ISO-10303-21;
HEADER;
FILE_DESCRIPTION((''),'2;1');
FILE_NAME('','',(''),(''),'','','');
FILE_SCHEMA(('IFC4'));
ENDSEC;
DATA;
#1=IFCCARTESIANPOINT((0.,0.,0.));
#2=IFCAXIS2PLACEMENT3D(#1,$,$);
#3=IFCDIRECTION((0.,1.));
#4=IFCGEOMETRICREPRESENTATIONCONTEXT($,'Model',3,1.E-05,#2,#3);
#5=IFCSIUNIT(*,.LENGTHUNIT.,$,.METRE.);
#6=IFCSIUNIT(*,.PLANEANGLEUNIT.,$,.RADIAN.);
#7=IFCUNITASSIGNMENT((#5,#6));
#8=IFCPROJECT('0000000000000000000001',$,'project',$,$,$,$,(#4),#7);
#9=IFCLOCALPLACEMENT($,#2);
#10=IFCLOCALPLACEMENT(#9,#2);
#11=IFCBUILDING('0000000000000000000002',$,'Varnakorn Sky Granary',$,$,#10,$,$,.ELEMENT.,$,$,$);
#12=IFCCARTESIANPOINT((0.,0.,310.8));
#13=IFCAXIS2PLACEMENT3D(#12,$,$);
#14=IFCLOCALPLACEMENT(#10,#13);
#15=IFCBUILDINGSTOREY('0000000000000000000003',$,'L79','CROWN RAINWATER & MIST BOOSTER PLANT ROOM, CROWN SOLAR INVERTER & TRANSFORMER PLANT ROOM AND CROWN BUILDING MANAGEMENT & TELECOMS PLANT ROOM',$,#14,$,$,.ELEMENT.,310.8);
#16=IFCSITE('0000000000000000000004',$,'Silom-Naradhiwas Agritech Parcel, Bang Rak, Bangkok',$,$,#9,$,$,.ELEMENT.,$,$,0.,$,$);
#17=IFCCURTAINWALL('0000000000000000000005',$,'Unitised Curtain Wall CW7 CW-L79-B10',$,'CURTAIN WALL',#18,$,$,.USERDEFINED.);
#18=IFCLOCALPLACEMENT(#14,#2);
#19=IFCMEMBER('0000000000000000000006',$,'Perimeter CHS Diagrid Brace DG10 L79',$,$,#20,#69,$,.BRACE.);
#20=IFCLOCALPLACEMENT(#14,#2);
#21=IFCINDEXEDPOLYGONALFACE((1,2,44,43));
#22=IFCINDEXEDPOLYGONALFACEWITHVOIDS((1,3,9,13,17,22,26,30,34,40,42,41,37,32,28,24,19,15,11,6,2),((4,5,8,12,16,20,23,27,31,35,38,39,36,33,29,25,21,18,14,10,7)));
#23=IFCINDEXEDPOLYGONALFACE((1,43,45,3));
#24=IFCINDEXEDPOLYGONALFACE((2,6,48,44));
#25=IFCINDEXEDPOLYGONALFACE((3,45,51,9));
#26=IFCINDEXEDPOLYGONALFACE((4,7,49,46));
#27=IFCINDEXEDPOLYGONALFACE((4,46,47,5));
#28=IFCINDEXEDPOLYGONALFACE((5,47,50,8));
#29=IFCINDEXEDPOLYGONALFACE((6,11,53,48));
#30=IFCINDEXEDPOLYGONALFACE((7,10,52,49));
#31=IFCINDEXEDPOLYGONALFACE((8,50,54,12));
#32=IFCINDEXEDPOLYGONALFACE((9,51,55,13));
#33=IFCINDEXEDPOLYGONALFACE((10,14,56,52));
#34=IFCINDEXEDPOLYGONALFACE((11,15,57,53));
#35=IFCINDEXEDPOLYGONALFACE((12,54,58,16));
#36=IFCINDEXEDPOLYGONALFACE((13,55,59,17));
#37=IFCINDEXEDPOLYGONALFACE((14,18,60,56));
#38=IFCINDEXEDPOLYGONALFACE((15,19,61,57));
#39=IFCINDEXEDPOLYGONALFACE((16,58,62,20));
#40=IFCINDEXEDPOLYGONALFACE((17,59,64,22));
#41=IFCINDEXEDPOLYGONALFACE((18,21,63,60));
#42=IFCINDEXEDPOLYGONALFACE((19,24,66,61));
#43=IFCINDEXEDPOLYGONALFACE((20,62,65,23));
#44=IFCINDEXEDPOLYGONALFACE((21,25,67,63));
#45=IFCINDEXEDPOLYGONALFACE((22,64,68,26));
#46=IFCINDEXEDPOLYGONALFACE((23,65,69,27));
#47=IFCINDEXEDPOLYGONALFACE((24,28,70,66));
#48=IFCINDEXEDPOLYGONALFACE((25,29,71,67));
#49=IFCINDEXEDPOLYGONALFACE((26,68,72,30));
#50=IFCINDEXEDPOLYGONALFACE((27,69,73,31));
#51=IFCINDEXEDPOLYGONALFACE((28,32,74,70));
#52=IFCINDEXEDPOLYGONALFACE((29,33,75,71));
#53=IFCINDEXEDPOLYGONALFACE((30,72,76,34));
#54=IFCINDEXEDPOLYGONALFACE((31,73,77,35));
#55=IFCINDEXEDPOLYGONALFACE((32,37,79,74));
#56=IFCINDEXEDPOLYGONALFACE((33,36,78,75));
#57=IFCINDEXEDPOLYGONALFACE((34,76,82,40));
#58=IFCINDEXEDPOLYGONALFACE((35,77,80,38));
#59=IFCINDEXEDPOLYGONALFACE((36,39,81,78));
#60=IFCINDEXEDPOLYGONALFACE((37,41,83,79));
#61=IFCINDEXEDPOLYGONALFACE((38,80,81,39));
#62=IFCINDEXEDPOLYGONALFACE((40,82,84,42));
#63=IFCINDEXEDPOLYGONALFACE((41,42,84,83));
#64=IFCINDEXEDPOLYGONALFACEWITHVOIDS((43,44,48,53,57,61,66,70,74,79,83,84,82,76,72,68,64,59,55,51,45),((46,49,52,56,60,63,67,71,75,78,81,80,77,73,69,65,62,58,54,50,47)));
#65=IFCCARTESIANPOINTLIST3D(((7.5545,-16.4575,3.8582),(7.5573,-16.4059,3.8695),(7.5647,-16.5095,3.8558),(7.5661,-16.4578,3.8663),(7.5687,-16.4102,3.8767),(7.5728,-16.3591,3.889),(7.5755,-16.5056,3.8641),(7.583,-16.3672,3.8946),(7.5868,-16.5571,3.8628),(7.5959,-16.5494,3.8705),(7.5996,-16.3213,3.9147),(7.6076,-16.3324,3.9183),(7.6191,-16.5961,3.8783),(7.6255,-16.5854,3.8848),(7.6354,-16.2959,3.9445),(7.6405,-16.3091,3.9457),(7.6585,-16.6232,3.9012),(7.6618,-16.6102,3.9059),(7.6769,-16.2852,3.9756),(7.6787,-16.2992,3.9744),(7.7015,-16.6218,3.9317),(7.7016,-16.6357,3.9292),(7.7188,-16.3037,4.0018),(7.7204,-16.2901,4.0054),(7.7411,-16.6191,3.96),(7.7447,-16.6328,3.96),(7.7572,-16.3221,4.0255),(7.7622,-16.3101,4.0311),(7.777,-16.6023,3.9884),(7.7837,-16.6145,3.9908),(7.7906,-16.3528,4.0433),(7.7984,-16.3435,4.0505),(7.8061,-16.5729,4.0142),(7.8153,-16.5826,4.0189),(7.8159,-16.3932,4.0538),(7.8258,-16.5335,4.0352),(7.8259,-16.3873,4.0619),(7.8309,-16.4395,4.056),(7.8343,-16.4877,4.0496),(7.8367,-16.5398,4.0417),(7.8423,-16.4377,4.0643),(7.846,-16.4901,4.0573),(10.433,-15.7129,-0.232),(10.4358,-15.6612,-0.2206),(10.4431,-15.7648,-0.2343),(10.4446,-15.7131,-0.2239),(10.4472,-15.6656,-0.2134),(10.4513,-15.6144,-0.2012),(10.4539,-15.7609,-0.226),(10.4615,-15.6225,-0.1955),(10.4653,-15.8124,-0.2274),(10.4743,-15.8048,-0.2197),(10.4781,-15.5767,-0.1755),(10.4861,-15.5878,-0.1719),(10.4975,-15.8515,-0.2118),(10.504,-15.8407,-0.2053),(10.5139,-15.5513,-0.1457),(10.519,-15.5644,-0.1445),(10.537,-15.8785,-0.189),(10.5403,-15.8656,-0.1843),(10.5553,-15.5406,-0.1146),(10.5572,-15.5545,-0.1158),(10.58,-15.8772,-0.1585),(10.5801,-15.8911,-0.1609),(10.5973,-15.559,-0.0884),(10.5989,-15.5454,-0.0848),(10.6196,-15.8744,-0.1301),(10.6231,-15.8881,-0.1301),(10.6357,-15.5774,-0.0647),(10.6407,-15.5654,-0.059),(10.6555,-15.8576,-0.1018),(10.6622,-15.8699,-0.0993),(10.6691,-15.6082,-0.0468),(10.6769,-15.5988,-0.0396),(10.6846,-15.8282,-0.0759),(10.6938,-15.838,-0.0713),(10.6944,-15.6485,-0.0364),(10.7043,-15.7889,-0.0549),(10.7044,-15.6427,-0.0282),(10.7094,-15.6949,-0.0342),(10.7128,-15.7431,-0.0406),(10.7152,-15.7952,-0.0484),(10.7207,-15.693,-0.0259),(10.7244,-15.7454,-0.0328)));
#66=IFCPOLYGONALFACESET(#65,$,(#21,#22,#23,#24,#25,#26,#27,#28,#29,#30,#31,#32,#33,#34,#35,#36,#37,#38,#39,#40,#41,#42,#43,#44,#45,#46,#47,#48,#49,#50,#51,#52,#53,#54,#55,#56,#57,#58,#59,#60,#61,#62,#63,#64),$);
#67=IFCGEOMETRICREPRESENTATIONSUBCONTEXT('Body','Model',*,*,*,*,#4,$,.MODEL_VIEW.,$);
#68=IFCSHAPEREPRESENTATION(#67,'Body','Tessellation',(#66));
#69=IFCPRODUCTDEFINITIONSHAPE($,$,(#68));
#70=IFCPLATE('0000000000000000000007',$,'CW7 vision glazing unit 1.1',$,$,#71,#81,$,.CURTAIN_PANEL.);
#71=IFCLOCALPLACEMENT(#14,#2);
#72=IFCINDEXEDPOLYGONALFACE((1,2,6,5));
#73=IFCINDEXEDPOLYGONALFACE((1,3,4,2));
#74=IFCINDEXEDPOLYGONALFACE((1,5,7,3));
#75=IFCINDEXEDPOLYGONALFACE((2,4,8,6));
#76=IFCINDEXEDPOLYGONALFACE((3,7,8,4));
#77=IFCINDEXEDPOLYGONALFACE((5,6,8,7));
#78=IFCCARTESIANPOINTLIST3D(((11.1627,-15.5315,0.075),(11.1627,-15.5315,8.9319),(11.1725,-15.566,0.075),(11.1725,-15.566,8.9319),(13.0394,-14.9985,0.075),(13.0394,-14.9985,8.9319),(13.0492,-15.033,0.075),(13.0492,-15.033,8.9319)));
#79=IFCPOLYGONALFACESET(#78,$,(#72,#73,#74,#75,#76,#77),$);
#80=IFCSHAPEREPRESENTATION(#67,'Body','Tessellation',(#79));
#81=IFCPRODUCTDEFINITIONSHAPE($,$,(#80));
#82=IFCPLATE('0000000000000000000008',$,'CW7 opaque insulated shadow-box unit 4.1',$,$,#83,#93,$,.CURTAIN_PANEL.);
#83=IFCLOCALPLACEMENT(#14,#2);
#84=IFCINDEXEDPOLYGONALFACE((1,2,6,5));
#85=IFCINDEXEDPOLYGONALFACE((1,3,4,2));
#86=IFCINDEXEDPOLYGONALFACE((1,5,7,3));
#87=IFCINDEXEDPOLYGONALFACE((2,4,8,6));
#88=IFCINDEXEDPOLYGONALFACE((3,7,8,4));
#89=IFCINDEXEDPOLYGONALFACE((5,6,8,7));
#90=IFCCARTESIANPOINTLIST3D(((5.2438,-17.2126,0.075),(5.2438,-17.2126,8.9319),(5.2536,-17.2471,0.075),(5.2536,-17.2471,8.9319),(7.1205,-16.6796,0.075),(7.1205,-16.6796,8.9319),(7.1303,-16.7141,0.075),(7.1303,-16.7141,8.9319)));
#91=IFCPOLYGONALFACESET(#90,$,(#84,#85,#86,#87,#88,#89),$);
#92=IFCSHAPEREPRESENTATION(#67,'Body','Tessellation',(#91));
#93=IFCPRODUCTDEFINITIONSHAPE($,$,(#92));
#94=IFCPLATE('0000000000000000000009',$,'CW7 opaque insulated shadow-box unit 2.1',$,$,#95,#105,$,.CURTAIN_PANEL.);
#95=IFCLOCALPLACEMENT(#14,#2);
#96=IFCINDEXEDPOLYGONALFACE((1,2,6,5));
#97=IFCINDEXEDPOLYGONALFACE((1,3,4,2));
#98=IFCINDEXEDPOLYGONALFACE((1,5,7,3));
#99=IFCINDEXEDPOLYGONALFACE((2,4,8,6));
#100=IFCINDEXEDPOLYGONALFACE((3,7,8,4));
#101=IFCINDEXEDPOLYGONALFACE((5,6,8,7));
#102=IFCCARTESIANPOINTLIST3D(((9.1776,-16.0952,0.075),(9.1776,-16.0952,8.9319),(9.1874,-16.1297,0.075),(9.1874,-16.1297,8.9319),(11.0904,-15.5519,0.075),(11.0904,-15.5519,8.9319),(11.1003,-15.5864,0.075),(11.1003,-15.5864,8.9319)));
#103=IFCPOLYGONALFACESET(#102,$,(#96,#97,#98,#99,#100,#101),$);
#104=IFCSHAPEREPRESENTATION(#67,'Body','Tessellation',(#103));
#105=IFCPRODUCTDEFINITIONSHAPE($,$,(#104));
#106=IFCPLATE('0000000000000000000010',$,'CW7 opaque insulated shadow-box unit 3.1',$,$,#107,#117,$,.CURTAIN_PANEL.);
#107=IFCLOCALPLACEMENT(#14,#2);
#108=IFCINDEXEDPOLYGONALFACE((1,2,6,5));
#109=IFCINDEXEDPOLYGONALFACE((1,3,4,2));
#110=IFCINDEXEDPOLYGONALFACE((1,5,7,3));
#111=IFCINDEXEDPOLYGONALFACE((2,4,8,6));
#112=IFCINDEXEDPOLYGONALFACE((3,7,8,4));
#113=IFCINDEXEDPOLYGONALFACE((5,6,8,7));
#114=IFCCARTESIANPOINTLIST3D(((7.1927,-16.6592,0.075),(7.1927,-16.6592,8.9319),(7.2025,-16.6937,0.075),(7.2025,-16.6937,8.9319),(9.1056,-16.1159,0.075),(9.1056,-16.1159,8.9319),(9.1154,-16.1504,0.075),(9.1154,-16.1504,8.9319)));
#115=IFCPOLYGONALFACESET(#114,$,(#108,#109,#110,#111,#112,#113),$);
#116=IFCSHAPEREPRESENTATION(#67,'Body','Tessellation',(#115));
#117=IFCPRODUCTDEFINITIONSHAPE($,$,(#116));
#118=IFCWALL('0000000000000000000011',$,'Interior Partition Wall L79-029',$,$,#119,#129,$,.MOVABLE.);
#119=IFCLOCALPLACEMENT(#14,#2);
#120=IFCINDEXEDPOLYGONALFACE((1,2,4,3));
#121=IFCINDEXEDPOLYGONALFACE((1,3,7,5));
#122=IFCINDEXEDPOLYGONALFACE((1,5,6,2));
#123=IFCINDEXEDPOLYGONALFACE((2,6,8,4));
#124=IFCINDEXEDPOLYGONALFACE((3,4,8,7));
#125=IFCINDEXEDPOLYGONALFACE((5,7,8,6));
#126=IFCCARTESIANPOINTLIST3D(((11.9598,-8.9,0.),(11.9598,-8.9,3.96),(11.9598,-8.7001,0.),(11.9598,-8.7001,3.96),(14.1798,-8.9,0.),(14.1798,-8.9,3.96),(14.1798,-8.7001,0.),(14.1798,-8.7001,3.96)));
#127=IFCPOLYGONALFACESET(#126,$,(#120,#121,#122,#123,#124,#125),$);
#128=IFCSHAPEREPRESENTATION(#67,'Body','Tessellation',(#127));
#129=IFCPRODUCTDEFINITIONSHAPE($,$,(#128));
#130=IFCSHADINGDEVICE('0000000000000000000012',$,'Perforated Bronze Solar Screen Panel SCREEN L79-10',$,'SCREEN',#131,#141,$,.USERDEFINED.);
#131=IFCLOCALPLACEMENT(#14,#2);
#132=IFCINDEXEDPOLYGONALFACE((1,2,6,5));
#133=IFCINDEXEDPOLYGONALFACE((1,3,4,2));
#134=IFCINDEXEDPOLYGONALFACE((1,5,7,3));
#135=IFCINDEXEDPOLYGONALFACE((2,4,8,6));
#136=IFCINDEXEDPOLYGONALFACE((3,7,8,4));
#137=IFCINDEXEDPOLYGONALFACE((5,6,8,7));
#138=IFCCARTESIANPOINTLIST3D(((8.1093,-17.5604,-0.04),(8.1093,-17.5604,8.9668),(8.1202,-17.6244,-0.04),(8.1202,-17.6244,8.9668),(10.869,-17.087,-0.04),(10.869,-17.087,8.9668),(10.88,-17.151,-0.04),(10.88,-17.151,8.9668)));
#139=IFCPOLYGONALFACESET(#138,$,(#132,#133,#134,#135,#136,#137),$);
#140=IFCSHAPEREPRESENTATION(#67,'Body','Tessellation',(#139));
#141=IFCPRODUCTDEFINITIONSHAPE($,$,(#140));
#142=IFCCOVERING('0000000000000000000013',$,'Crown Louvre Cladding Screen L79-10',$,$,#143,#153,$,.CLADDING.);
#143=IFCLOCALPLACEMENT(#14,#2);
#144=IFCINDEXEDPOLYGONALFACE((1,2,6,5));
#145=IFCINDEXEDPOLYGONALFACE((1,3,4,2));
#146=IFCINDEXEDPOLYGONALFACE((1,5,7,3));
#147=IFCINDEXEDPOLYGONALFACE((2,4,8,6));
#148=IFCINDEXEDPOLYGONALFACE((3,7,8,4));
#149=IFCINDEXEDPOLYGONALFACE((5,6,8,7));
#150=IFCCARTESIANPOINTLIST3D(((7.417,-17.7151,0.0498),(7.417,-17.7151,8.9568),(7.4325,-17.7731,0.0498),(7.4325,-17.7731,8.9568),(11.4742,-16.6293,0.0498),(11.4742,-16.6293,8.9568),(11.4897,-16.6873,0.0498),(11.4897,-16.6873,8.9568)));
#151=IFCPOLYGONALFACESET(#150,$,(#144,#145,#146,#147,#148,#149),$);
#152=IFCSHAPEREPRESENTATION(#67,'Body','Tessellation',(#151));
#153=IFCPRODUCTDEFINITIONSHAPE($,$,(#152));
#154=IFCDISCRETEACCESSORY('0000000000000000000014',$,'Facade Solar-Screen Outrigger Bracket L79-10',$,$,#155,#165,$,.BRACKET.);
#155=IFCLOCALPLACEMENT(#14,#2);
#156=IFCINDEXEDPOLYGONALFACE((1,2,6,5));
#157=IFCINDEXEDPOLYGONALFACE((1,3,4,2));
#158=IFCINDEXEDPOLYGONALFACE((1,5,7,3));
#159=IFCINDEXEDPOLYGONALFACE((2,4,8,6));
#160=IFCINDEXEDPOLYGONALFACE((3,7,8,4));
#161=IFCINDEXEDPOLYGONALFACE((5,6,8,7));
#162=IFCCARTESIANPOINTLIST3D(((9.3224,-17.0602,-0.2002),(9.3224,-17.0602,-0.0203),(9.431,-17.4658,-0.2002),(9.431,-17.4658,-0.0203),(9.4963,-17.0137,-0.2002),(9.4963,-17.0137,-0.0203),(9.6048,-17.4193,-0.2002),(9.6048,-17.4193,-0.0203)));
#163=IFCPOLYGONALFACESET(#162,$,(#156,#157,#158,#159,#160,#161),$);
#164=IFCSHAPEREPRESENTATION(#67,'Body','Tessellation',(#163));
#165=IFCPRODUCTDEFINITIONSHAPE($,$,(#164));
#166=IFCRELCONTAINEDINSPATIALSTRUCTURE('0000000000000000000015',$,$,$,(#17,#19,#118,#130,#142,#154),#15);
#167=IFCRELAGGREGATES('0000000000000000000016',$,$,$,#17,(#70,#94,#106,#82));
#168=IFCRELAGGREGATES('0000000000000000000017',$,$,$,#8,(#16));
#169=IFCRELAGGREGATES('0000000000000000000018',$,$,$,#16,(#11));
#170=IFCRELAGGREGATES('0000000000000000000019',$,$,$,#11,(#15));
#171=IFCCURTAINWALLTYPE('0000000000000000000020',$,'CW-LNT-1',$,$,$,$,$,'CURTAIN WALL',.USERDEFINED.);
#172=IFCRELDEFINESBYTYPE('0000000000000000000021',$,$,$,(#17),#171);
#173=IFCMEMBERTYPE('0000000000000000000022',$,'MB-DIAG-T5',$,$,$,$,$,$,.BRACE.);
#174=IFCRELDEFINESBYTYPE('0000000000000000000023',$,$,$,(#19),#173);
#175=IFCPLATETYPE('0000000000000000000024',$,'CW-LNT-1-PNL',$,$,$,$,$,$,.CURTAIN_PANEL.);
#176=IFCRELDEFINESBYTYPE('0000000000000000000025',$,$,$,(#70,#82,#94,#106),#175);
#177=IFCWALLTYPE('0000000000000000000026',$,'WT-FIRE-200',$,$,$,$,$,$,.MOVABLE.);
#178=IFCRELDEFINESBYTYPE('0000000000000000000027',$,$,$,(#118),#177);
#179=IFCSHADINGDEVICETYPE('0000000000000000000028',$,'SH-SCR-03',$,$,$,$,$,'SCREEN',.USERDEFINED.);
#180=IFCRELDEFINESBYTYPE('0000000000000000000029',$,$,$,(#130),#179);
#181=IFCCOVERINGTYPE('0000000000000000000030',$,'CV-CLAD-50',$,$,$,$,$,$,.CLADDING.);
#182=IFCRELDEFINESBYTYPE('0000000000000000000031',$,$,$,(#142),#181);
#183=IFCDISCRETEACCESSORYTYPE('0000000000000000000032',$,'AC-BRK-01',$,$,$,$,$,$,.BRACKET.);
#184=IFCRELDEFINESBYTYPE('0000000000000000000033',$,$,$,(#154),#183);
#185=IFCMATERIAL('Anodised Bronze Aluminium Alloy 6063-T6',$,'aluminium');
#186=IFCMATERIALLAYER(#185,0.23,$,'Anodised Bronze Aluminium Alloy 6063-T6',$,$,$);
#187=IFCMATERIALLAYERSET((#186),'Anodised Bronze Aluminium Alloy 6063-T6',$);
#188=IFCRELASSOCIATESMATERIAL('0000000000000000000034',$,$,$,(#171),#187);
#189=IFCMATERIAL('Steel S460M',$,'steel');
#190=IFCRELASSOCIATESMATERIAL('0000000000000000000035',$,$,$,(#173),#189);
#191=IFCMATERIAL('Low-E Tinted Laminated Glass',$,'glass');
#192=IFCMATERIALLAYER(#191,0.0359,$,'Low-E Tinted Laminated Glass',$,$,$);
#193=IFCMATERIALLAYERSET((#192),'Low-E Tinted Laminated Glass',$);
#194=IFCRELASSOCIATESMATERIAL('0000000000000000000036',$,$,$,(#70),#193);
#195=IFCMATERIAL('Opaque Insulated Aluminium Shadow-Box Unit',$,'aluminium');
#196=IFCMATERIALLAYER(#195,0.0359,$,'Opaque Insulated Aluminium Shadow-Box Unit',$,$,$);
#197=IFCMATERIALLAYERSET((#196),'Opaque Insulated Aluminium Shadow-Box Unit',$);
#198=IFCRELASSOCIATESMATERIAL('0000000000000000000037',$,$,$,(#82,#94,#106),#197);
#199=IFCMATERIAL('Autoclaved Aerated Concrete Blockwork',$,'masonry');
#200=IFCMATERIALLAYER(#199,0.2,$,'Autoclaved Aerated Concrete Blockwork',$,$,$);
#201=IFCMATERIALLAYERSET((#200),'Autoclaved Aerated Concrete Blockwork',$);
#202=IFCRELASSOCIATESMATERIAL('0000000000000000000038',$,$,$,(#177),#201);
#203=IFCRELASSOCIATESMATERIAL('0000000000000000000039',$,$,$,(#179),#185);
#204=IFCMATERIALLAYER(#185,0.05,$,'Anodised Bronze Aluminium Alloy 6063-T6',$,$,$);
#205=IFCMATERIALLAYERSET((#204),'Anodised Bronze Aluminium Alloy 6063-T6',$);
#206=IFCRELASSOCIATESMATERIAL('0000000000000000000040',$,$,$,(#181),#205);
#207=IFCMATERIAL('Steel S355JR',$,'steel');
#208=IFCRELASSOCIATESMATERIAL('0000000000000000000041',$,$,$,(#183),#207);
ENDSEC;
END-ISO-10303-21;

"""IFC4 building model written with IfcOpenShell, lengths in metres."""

from ifc_helpers import new_model, si_unit, direction, frame, frame_2d, origin, origin_2d, place, context, subcontext, project, spatial, rectangle, hollow_circle, extrude, source, transform, mapped, material, layer, layer_set, material_profile, profile_set, type_object, type_shapes, element, aggregate, save


model = new_model("IFC4")

# Units and contexts
model_context = context("Model", 3, precision=1e-05, world=origin(), true_north=direction((0.0, 1.0)))
body_context = subcontext(model_context, "Body", "Model", "MODEL_VIEW")
ifc_project = project(units=[si_unit("LENGTHUNIT", "METRE"), si_unit("PLANEANGLEUNIT", "RADIAN")], contexts=[model_context])

# Site, building, storey
site_placement = place(None, origin())
site = spatial("IfcSite", under=ifc_project, at=site_placement, Name="Silom-Naradhiwas Agritech Parcel, Bang Rak, Bangkok", CompositionType="ELEMENT", RefElevation=0.0)
building_placement = place(site_placement, origin())
building = spatial("IfcBuilding", under=site, at=building_placement, Name="Varnakorn Sky Granary", CompositionType="ELEMENT")
storey_placement = place(building_placement, frame((0.0, 0.0, 310.8)))
storey = spatial("IfcBuildingStorey", under=building, at=storey_placement, Name="L79", Description="CROWN RAINWATER & MIST BOOSTER PLANT ROOM, CROWN SOLAR INVERTER & TRANSFORMER PLANT ROOM AND CROWN BUILDING MANAGEMENT & TELECOMS PLANT ROOM", CompositionType="ELEMENT", Elevation=310.8)

# Shared definitions
ifc_material_1 = material(Name="Steel S460M", Category="steel")

# Shared definitions
ifc_material_2 = material(Name="Steel S355JR", Category="steel")

# Curtain wall
ifc_material_3 = material(Name="Anodised Bronze Aluminium Alloy 6063-T6", Category="aluminium")
ifc_layer_1 = layer(ifc_material_3, 0.23, Name="Anodised Bronze Aluminium Alloy 6063-T6")
ifc_layer_set_1 = layer_set([ifc_layer_1], Name="Anodised Bronze Aluminium Alloy 6063-T6")
curtain_wall_type = type_object("IfcCurtainWallType", Name="CW-LNT-1", ElementType="CURTAIN WALL", PredefinedType="USERDEFINED", material=ifc_layer_set_1)
curtain_wall_placement = place(storey_placement, origin())
curtain_wall = element("IfcCurtainWall", 1, at=curtain_wall_placement, inside=storey, type_object=curtain_wall_type, Name="Unitised Curtain Wall CW7 CW-L79-B10", ObjectType="CURTAIN WALL", PredefinedType="USERDEFINED")

# Member
ifc_material_profile_1 = material_profile(ifc_material_1, hollow_circle(Radius=0.1777, WallThickness=0.0142, at=origin_2d()), Name="CHS 355.6x14")
ifc_profile_set_1 = profile_set([ifc_material_profile_1], Name="Steel S460M")
member_type_1 = type_object("IfcMemberType", Name="MB-DIAG-T5", PredefinedType="BRACE", material=ifc_profile_set_1)
member_1_placement = place(storey_placement, frame((10.5786, -15.7161, -0.1301), z_axis=(-0.569247, -0.147261, 0.808871), x_axis=(0.250449, -0.96813, 0.0)))
element("IfcMember", 2, at=member_1_placement, inside=storey, type_object=member_type_1, Name="Perimeter CHS Diagrid Brace DG10 L79", PredefinedType="BRACE", context=body_context, shape_type="SweptSolid", body=[
    extrude(hollow_circle(Radius=0.1777, WallThickness=0.0142, at=origin_2d()), origin(), (0.0, 0.0, 1.0), 5.0566),
])

# Plates
ifc_material_4 = material(Name="Low-E Tinted Laminated Glass", Category="glass")
ifc_layer_2 = layer(ifc_material_4, 0.0359, Name="Low-E Tinted Laminated Glass")
ifc_layer_set_2 = layer_set([ifc_layer_2], Name="Low-E Tinted Laminated Glass")
plate_type = type_object("IfcPlateType", Name="CW-LNT-1-PNL", PredefinedType="CURTAIN_PANEL")
shared_shape_1 = source(origin(), body_context, "Body", "SweptSolid", [
    extrude(rectangle(XDim=1.9509, YDim=0.0359, at=origin_2d()), origin(), (0.0, 0.0, 1.0), 8.8569),
])
plate_1_placement = place(storey_placement, frame((12.106, -15.2822, 0.075), z_axis=(0.0, 0.0, 1.0), x_axis=(-0.961955, -0.273207, 0.0)))
plate_1 = element("IfcPlate", 3, at=plate_1_placement, type_object=plate_type, material=ifc_layer_set_2, Name="CW7 vision glazing unit 1.1", PredefinedType="CURTAIN_PANEL", context=body_context, shape_type="MappedRepresentation", body=[
    mapped(shared_shape_1, transform((0.0, 0.0, 0.0), x_axis=(1.0, 0.0, 0.0), y_axis=(0.0, 1.0, 0.0), z_axis=(0.0, 0.0, 1.0), scale=1.0)),
])
ifc_material_5 = material(Name="Opaque Insulated Aluminium Shadow-Box Unit", Category="aluminium")
ifc_layer_3 = layer(ifc_material_5, 0.0359, Name="Opaque Insulated Aluminium Shadow-Box Unit")
ifc_layer_set_3 = layer_set([ifc_layer_3], Name="Opaque Insulated Aluminium Shadow-Box Unit")
plate_2_placement = place(storey_placement, frame((6.187, -16.9634, 0.075), z_axis=(0.0, 0.0, 1.0), x_axis=(-0.961955, -0.273207, 0.0)))
plate_2 = element("IfcPlate", 4, at=plate_2_placement, type_object=plate_type, material=ifc_layer_set_3, Name="CW7 opaque insulated shadow-box unit 4.1", PredefinedType="CURTAIN_PANEL", context=body_context, shape_type="MappedRepresentation", body=[
    mapped(shared_shape_1, transform((0.0, 0.0, 0.0), x_axis=(1.0, 0.0, 0.0), y_axis=(0.0, 1.0, 0.0), z_axis=(0.0, 0.0, 1.0), scale=1.0)),
])
shared_shape_2 = source(origin(), body_context, "Body", "SweptSolid", [
    extrude(rectangle(XDim=1.9885, YDim=0.0359, at=origin_2d()), origin(), (0.0, 0.0, 1.0), 8.8569),
])
type_shapes(plate_type, [shared_shape_1, shared_shape_2])
plate_3_placement = place(storey_placement, frame((10.1389, -15.8408, 0.075), z_axis=(0.0, 0.0, 1.0), x_axis=(-0.961955, -0.273207, 0.0)))
plate_3 = element("IfcPlate", 5, at=plate_3_placement, type_object=plate_type, material=ifc_layer_set_3, Name="CW7 opaque insulated shadow-box unit 2.1", PredefinedType="CURTAIN_PANEL", context=body_context, shape_type="MappedRepresentation", body=[
    mapped(shared_shape_2, transform((0.0, 0.0, 0.0), x_axis=(1.0, 0.0, 0.0), y_axis=(0.0, 1.0, 0.0), z_axis=(0.0, 0.0, 1.0), scale=1.0)),
])
plate_4_placement = place(storey_placement, frame((8.1541, -16.4048, 0.075), z_axis=(0.0, 0.0, 1.0), x_axis=(-0.961955, -0.273207, 0.0)))
plate_4 = element("IfcPlate", 6, at=plate_4_placement, type_object=plate_type, material=ifc_layer_set_3, Name="CW7 opaque insulated shadow-box unit 3.1", PredefinedType="CURTAIN_PANEL", context=body_context, shape_type="MappedRepresentation", body=[
    mapped(shared_shape_2, transform((0.0, 0.0, 0.0), x_axis=(1.0, 0.0, 0.0), y_axis=(0.0, 1.0, 0.0), z_axis=(0.0, 0.0, 1.0), scale=1.0)),
])
aggregate(curtain_wall, [plate_1, plate_3, plate_4, plate_2])

# Wall
ifc_material_6 = material(Name="Autoclaved Aerated Concrete Blockwork", Category="masonry")
ifc_layer_4 = layer(ifc_material_6, 0.2, Name="Autoclaved Aerated Concrete Blockwork")
ifc_layer_set_4 = layer_set([ifc_layer_4], Name="Autoclaved Aerated Concrete Blockwork")
wall_type = type_object("IfcWallType", Name="WT-FIRE-200", PredefinedType="MOVABLE", material=ifc_layer_set_4)
wall_placement = place(storey_placement, frame((11.96, -8.8, 0.0), z_axis=(0.0, 0.0, 1.0), x_axis=(1.0, 0.0, 0.0)))
element("IfcWall", 7, at=wall_placement, inside=storey, type_object=wall_type, Name="Interior Partition Wall L79-029", PredefinedType="MOVABLE", context=body_context, shape_type="SweptSolid", body=[
    extrude(rectangle(XDim=2.22, YDim=0.2, at=frame_2d((1.1099, 0.0))), origin(), (0.0, 0.0, 1.0), 3.96),
])

# Shading device
shading_device_type = type_object("IfcShadingDeviceType", Name="SH-SCR-03", ElementType="SCREEN", PredefinedType="USERDEFINED", material=ifc_material_3)
shared_shape_3 = source(origin(), body_context, "Body", "SweptSolid", [
    extrude(rectangle(XDim=2.8, YDim=0.0649, at=origin_2d()), origin(), (0.0, 0.0, 1.0), 9.0068),
])
type_shapes(shading_device_type, [shared_shape_3])
shading_device_placement = place(storey_placement, frame((9.4946, -17.3557, -0.04), z_axis=(0.0, 0.0, 1.0), x_axis=(0.985608, 0.169047, 0.0)))
element("IfcShadingDevice", 8, at=shading_device_placement, inside=storey, type_object=shading_device_type, Name="Perforated Bronze Solar Screen Panel SCREEN L79-10", ObjectType="SCREEN", PredefinedType="USERDEFINED", context=body_context, shape_type="MappedRepresentation", body=[
    mapped(shared_shape_3, transform((0.0, 0.0, 0.0), x_axis=(1.0, 0.0, 0.0), y_axis=(0.0, 1.0, 0.0), z_axis=(0.0, 0.0, 1.0), scale=1.0)),
])

# Covering
ifc_layer_5 = layer(ifc_material_3, 0.05, Name="Anodised Bronze Aluminium Alloy 6063-T6")
ifc_layer_set_5 = layer_set([ifc_layer_5], Name="Anodised Bronze Aluminium Alloy 6063-T6")
covering_type = type_object("IfcCoveringType", Name="CV-CLAD-50", PredefinedType="CLADDING", material=ifc_layer_set_5)
shared_shape_4 = source(origin(), body_context, "Body", "SweptSolid", [
    extrude(rectangle(XDim=4.2, YDim=0.0601, at=origin_2d()), origin(), (0.0, 0.0, 1.0), 8.907),
])
type_shapes(covering_type, [shared_shape_4])
covering_placement = place(storey_placement, frame((9.4534, -17.2012, 0.0498), z_axis=(0.0, 0.0, 1.0), x_axis=(0.966005, 0.258522, 0.0)))
element("IfcCovering", 9, at=covering_placement, inside=storey, type_object=covering_type, Name="Crown Louvre Cladding Screen L79-10", PredefinedType="CLADDING", context=body_context, shape_type="MappedRepresentation", body=[
    mapped(shared_shape_4, transform((0.0, 0.0, 0.0), x_axis=(1.0, 0.0, 0.0), y_axis=(0.0, 1.0, 0.0), z_axis=(0.0, 0.0, 1.0), scale=1.0)),
])

# Discrete accessory
discrete_accessory_type = type_object("IfcDiscreteAccessoryType", Name="AC-BRK-01", PredefinedType="BRACKET", material=ifc_material_2)
shared_shape_5 = source(origin(), body_context, "Body", "SweptSolid", [
    extrude(rectangle(XDim=0.1799, YDim=0.4199, at=origin_2d()), origin(), (0.0, 0.0, 1.0), 0.1799),
])
type_shapes(discrete_accessory_type, [shared_shape_5])
discrete_accessory_placement = place(storey_placement, frame((9.4636, -17.2397, -0.2002), z_axis=(0.0, 0.0, 1.0), x_axis=(0.966005, 0.258522, 0.0)))
element("IfcDiscreteAccessory", 10, at=discrete_accessory_placement, inside=storey, type_object=discrete_accessory_type, Name="Facade Solar-Screen Outrigger Bracket L79-10", PredefinedType="BRACKET", context=body_context, shape_type="MappedRepresentation", body=[
    mapped(shared_shape_5, transform((0.0, 0.0, 0.0), x_axis=(1.0, 0.0, 0.0), y_axis=(0.0, 1.0, 0.0), z_axis=(0.0, 0.0, 1.0), scale=1.0)),
])

save(model, "model.ifc")
